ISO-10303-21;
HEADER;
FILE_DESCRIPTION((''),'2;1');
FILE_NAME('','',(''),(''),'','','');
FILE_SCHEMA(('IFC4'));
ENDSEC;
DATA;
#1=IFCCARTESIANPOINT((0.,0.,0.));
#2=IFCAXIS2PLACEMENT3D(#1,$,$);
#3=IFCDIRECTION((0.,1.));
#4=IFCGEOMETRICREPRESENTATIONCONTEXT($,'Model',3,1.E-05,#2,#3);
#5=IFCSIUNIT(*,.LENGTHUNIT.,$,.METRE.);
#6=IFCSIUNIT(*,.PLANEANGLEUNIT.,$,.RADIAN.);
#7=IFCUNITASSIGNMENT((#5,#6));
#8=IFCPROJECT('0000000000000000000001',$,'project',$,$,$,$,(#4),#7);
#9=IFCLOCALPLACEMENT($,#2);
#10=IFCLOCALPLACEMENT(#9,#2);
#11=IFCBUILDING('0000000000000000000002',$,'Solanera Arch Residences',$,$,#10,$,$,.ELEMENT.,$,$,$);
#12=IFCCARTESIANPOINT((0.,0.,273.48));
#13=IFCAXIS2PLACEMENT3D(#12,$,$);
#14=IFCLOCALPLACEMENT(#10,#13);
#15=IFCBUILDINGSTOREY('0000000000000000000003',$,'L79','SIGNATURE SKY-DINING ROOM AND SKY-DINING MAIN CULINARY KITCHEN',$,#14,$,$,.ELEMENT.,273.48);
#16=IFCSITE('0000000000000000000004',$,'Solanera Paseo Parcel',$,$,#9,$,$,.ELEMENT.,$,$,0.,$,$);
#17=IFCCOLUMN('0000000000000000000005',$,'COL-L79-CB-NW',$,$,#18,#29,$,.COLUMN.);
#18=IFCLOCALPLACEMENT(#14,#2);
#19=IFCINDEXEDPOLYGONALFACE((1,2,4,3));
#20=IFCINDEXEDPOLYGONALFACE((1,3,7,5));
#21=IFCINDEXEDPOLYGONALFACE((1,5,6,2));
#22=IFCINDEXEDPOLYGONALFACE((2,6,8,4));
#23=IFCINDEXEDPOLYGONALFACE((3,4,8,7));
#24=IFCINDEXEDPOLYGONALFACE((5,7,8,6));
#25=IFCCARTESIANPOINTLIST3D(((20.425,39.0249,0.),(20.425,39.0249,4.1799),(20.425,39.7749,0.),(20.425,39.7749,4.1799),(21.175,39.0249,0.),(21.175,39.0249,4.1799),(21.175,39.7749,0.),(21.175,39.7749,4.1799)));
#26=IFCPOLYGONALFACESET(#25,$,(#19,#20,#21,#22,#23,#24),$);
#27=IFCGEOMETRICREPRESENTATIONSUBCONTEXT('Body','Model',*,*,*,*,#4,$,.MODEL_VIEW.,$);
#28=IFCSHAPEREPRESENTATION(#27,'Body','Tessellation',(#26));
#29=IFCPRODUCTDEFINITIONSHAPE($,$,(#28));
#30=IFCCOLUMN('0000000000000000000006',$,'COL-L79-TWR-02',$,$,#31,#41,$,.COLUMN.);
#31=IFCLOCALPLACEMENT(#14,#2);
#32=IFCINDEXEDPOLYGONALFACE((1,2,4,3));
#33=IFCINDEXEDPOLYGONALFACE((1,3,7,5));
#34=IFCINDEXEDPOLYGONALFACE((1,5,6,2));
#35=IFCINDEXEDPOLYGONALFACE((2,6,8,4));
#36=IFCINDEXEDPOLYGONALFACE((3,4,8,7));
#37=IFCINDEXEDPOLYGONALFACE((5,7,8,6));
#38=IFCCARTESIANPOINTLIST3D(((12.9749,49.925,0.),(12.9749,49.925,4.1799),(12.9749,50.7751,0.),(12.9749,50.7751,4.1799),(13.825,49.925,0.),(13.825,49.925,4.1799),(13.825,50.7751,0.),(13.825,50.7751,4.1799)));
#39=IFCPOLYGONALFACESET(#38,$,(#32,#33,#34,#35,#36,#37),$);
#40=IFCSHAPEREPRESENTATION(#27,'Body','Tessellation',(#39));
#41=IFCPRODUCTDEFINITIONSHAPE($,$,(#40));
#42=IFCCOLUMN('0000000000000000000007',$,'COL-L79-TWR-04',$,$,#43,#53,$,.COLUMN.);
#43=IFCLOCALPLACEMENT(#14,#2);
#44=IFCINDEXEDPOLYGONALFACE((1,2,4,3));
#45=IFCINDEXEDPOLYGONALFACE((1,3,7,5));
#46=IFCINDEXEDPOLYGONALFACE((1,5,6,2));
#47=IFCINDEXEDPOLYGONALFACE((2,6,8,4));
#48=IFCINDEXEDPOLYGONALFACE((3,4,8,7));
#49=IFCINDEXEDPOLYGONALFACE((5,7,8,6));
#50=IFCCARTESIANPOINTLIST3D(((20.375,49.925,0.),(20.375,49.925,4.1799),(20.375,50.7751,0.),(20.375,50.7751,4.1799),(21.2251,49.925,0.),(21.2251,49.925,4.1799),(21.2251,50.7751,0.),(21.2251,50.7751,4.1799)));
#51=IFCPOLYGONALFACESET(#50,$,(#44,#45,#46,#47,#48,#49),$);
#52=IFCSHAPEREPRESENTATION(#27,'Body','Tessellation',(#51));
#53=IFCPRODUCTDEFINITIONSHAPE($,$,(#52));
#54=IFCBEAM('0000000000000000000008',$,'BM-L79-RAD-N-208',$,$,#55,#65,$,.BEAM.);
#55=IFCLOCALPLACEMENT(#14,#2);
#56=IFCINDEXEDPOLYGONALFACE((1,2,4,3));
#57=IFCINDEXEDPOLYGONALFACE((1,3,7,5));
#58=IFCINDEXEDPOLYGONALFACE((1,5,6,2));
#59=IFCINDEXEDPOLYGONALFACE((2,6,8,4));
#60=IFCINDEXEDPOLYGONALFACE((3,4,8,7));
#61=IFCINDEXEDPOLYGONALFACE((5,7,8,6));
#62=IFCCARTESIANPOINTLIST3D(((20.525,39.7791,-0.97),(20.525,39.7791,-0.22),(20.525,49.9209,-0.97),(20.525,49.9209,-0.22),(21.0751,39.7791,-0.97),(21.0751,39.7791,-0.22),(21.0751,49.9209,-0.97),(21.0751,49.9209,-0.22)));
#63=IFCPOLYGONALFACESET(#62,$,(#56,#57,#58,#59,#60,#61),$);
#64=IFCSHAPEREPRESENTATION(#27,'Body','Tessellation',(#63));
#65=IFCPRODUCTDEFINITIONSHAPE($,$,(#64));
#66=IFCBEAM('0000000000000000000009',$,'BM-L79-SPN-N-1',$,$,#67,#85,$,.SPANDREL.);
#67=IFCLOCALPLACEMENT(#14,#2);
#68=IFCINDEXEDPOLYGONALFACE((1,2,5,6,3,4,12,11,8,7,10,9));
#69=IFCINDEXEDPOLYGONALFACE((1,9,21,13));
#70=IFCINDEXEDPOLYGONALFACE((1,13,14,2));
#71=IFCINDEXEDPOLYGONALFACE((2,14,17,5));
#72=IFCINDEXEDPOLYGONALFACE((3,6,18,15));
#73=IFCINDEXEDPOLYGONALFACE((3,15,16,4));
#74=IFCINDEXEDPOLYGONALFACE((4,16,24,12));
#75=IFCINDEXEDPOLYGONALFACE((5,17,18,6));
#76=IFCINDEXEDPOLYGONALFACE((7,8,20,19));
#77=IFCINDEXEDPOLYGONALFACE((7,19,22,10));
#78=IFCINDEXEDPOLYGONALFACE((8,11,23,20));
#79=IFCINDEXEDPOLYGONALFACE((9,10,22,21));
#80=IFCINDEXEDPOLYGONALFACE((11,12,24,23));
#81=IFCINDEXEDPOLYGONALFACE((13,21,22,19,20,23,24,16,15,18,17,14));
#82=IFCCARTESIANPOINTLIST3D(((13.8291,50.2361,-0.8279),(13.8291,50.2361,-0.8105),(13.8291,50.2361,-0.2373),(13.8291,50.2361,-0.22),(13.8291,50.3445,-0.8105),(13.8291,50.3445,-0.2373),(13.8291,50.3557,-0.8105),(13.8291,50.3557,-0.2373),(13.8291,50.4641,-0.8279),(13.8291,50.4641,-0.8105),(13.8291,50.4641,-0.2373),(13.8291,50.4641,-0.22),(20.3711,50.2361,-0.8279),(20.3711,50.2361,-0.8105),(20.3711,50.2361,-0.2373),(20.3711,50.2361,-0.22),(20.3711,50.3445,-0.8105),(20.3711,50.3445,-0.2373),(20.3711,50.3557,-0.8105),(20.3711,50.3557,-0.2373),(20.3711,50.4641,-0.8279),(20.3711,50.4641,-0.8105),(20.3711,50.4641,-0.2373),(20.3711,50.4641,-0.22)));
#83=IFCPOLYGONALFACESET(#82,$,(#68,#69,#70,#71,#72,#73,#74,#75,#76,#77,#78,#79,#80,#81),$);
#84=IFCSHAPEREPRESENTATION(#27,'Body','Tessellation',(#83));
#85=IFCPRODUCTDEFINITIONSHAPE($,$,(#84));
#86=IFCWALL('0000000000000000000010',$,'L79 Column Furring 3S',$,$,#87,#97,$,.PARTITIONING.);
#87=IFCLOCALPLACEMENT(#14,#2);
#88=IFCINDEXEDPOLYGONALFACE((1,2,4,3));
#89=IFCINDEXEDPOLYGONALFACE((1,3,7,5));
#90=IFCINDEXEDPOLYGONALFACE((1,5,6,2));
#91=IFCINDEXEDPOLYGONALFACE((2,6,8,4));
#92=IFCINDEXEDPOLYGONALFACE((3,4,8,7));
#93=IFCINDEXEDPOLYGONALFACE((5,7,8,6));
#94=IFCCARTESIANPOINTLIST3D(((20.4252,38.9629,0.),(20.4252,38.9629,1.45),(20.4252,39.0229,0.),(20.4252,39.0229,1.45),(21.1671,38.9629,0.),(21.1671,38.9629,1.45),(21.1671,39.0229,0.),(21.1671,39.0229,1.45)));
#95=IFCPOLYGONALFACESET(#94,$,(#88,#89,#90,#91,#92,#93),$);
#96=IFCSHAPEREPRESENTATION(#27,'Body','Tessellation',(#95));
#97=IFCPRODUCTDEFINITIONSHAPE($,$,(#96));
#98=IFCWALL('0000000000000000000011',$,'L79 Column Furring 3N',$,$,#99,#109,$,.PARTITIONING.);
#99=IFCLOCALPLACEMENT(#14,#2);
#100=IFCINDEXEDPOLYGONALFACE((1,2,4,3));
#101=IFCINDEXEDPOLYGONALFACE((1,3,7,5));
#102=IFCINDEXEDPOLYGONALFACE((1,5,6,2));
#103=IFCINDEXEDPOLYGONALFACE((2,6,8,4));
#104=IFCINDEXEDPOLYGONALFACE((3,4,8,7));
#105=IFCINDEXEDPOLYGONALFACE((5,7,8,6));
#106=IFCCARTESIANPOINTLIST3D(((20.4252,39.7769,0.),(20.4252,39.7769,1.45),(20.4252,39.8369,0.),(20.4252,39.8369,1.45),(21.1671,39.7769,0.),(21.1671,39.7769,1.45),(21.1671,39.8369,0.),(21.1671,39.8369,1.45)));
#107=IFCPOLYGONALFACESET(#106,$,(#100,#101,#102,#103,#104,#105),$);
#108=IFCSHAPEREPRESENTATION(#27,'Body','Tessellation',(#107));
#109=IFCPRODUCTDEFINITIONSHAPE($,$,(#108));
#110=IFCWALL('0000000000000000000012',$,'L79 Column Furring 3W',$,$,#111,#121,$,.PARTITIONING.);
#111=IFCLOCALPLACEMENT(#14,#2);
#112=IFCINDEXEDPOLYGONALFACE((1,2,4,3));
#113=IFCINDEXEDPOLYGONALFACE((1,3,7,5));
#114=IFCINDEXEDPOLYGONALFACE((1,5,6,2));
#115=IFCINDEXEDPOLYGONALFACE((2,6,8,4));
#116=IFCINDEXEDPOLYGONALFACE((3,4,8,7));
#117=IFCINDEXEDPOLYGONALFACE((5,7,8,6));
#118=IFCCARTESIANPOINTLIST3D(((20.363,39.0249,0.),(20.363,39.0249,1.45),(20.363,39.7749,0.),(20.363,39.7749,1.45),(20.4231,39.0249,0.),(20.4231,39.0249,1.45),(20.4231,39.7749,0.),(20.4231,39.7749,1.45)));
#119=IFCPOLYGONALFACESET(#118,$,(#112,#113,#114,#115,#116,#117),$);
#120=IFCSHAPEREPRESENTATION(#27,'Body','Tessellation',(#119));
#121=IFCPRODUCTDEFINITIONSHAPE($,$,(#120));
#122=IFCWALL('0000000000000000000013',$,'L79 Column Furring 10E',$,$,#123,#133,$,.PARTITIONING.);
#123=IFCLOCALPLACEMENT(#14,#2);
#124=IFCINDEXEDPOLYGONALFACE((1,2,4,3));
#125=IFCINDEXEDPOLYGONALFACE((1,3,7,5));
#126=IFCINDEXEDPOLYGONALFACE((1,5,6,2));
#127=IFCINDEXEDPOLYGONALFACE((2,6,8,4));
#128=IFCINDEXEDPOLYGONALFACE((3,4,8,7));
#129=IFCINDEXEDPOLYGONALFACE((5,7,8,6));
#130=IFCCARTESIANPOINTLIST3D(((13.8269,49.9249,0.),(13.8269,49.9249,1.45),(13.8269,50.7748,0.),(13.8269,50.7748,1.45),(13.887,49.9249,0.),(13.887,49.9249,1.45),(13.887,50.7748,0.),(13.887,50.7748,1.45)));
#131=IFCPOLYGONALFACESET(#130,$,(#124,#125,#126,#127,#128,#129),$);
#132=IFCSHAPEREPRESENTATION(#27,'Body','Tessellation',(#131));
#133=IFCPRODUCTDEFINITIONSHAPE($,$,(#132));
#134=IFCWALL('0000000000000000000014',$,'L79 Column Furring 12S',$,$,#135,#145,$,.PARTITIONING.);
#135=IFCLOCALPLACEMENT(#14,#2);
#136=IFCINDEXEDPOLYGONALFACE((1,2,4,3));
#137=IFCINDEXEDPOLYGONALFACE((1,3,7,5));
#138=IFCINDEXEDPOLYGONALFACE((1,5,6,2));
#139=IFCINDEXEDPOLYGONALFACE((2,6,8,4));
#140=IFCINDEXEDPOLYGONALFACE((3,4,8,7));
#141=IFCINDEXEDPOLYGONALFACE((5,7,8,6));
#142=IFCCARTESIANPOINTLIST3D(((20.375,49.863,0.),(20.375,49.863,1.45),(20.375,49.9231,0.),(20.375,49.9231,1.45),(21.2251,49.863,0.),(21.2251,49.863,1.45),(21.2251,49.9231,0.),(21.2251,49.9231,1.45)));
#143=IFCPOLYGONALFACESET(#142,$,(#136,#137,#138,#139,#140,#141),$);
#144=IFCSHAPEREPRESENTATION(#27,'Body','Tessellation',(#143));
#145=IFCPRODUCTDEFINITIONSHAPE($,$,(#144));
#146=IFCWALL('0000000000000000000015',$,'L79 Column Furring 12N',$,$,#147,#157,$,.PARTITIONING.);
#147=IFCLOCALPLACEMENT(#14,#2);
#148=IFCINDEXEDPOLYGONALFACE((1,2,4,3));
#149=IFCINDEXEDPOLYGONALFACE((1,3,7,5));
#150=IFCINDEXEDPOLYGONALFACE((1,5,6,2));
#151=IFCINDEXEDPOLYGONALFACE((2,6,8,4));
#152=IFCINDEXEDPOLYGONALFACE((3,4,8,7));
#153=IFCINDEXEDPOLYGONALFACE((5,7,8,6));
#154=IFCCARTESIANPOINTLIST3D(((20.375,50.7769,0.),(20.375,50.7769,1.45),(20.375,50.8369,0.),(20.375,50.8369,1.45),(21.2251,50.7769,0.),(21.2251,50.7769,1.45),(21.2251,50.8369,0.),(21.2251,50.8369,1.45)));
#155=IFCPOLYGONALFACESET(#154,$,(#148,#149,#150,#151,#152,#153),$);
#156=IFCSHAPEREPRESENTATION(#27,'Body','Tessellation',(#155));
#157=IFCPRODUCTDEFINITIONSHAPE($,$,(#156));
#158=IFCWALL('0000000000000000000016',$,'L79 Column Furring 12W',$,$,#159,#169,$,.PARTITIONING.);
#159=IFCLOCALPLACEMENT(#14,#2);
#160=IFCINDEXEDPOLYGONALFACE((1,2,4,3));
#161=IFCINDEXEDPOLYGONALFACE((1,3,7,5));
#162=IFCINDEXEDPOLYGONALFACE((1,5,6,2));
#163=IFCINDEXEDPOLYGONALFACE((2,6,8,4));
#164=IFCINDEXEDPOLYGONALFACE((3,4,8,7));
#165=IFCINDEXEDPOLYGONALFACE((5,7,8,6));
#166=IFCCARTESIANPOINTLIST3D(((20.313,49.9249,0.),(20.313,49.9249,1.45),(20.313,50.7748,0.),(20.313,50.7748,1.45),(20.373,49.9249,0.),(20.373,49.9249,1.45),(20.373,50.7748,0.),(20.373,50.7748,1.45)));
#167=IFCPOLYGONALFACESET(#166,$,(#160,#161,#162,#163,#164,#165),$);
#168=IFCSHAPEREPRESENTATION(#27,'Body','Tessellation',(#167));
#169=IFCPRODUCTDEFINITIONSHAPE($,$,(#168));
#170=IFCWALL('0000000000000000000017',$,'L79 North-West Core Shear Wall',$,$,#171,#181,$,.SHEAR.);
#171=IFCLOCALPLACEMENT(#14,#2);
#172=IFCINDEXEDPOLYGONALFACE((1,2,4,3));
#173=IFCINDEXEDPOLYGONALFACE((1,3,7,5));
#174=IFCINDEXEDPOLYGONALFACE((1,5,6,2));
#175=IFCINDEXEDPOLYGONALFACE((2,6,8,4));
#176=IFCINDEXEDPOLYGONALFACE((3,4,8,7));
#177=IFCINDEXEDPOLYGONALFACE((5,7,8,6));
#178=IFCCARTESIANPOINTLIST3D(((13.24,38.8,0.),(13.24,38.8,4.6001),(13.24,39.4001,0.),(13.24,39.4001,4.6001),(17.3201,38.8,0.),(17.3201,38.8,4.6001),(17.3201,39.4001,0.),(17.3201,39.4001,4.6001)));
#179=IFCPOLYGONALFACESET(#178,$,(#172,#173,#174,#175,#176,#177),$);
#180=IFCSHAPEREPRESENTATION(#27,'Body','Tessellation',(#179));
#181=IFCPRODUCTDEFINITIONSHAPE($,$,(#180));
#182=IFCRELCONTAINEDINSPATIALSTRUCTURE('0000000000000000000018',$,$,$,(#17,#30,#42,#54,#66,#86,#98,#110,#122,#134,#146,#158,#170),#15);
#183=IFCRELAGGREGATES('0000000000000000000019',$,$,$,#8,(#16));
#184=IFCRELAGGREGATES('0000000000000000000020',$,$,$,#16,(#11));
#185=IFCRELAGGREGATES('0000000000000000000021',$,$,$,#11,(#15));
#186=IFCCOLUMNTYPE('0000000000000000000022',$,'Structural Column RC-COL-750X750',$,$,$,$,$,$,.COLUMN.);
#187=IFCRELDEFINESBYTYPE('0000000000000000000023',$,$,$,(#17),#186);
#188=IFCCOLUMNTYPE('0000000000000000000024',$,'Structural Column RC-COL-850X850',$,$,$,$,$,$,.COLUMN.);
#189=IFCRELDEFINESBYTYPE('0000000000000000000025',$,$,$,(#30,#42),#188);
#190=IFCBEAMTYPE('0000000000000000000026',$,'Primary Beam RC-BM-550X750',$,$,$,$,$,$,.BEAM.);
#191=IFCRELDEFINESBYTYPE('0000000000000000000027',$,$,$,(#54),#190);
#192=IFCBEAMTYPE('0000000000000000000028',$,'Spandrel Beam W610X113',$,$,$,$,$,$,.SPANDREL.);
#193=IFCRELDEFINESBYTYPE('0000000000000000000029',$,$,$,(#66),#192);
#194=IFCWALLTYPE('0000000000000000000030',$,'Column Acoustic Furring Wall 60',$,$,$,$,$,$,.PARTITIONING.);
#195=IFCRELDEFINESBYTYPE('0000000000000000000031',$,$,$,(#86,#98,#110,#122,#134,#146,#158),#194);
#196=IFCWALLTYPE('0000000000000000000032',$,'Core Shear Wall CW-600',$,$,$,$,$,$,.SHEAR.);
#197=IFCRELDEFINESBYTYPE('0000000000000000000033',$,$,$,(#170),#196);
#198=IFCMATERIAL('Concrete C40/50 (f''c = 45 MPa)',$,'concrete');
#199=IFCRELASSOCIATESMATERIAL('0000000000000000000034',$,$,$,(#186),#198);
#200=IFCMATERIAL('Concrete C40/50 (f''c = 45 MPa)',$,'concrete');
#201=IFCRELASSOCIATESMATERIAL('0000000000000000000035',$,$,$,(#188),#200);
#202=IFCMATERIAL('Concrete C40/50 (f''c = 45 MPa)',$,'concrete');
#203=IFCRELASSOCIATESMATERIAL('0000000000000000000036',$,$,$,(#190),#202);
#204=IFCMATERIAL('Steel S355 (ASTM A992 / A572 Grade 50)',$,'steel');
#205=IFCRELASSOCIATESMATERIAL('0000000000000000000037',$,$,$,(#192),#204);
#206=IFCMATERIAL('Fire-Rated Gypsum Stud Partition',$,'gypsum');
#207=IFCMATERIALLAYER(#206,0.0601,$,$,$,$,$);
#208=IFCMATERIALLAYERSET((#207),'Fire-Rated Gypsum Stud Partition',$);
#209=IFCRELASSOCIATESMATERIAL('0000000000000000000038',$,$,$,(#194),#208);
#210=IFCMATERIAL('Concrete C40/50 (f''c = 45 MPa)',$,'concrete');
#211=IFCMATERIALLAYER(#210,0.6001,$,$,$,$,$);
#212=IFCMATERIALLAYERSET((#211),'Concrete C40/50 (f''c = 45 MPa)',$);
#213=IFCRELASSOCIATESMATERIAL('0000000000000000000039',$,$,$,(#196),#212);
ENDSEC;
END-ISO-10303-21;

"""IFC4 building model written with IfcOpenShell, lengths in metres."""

from ifc_helpers import new_model, si_unit, direction, frame, frame_2d, origin, origin_2d, place, context, subcontext, project, spatial, rectangle, i_section, extrude, material, layer, layer_set, material_profile, profile_set, type_object, element, save


model = new_model("IFC4")

# Units and contexts
model_context = context("Model", 3, precision=1e-05, world=origin(), true_north=direction((0.0, 1.0)))
body_context = subcontext(model_context, "Body", "Model", "MODEL_VIEW")
ifc_project = project(units=[si_unit("LENGTHUNIT", "METRE"), si_unit("PLANEANGLEUNIT", "RADIAN")], contexts=[model_context])

# Site, building, storey
site_placement = place(None, origin())
site = spatial("IfcSite", under=ifc_project, at=site_placement, Name="Solanera Paseo Parcel", CompositionType="ELEMENT", RefElevation=0.0)
building_placement = place(site_placement, origin())
building = spatial("IfcBuilding", under=site, at=building_placement, Name="Solanera Arch Residences", CompositionType="ELEMENT")
storey_placement = place(building_placement, frame((0.0, 0.0, 273.48)))
storey = spatial("IfcBuildingStorey", under=building, at=storey_placement, Name="L79", Description="SIGNATURE SKY-DINING ROOM AND SKY-DINING MAIN CULINARY KITCHEN", CompositionType="ELEMENT", Elevation=273.48)

# Columns
ifc_material_1 = material(Name="Concrete C40/50 (f'c = 45 MPa)", Category="concrete")
ifc_material_profile_1 = material_profile(ifc_material_1, rectangle(XDim=0.75, YDim=0.75, at=origin_2d()))
ifc_profile_set_1 = profile_set([ifc_material_profile_1], Name="Concrete C40/50 (f'c = 45 MPa)")
column_type_1 = type_object("IfcColumnType", Name="Structural Column RC-COL-750X750", PredefinedType="COLUMN", material=ifc_profile_set_1)
column_placement = place(storey_placement, frame((20.8, 39.3999, 0.0), z_axis=(0.0, 0.0, 1.0), x_axis=(1.0, 0.0, 0.0)))
element("IfcColumn", 1, at=column_placement, inside=storey, type_object=column_type_1, Name="COL-L79-CB-NW", PredefinedType="COLUMN", context=body_context, shape_type="SweptSolid", body=[
    extrude(rectangle(XDim=0.75, YDim=0.75, at=origin_2d()), origin(), (0.0, 0.0, 1.0), 4.1799),
])
ifc_material_2 = material(Name="Concrete C40/50 (f'c = 45 MPa)", Category="concrete")
ifc_material_profile_2 = material_profile(ifc_material_2, rectangle(XDim=0.8501, YDim=0.8501, at=origin_2d()))
ifc_profile_set_2 = profile_set([ifc_material_profile_2], Name="Concrete C40/50 (f'c = 45 MPa)")
column_type_2 = type_object("IfcColumnType", Name="Structural Column RC-COL-850X850", PredefinedType="COLUMN", material=ifc_profile_set_2)
for number, where, z_axis, x_axis, name in (
    (2, (13.3999, 50.3501, 0.0), (0.0, 0.0, 1.0), (1.0, 0.0, 0.0), "COL-L79-TWR-02"),
    (3, (20.8, 50.3501, 0.0), (0.0, 0.0, 1.0), (1.0, 0.0, 0.0), "COL-L79-TWR-04"),
):
    element("IfcColumn", number, at=place(storey_placement, frame(where, z_axis=z_axis, x_axis=x_axis)), inside=storey, type_object=column_type_2, Name=name, PredefinedType="COLUMN", context=body_context, shape_type="SweptSolid", body=[
        extrude(rectangle(XDim=0.8501, YDim=0.8501, at=origin_2d()), origin(), (0.0, 0.0, 1.0), 4.1799),
    ])

# Beams
ifc_material_3 = material(Name="Concrete C40/50 (f'c = 45 MPa)", Category="concrete")
ifc_material_profile_3 = material_profile(ifc_material_3, rectangle(XDim=0.55, YDim=0.75, at=origin_2d()))
ifc_profile_set_3 = profile_set([ifc_material_profile_3], Name="Concrete C40/50 (f'c = 45 MPa)")
beam_type_1 = type_object("IfcBeamType", Name="Primary Beam RC-BM-550X750", PredefinedType="BEAM", material=ifc_profile_set_3)
beam_1_placement = place(storey_placement, frame((20.8, 39.7791, -0.595), z_axis=(0.0, 1.0, 0.0), x_axis=(-1.0, 0.0, 0.0)))
element("IfcBeam", 4, at=beam_1_placement, inside=storey, type_object=beam_type_1, Name="BM-L79-RAD-N-208", PredefinedType="BEAM", context=body_context, shape_type="SweptSolid", body=[
    extrude(rectangle(XDim=0.55, YDim=0.75, at=origin_2d()), origin(), (0.0, 0.0, 1.0), 10.1418),
])
ifc_material_4 = material(Name="Steel S355 (ASTM A992 / A572 Grade 50)", Category="steel")
ifc_material_profile_4 = material_profile(ifc_material_4, i_section(OverallWidth=0.228, OverallDepth=0.6079, WebThickness=0.0112, FlangeThickness=0.0173, at=origin_2d()))
ifc_profile_set_4 = profile_set([ifc_material_profile_4], Name="Steel S355 (ASTM A992 / A572 Grade 50)")
beam_type_2 = type_object("IfcBeamType", Name="Spandrel Beam W610X113", PredefinedType="SPANDREL", material=ifc_profile_set_4)
beam_2_placement = place(storey_placement, frame((13.8291, 50.3501, -0.5239), z_axis=(1.0, 0.0, 0.0), x_axis=(0.0, 1.0, 0.0)))
element("IfcBeam", 5, at=beam_2_placement, inside=storey, type_object=beam_type_2, Name="BM-L79-SPN-N-1", PredefinedType="SPANDREL", context=body_context, shape_type="SweptSolid", body=[
    extrude(i_section(OverallWidth=0.228, OverallDepth=0.6079, WebThickness=0.0112, FlangeThickness=0.0173, at=origin_2d()), origin(), (0.0, 0.0, 1.0), 6.542),
])

# Walls
ifc_material_5 = material(Name="Fire-Rated Gypsum Stud Partition", Category="gypsum")
ifc_layer_1 = layer(ifc_material_5, 0.0601)
ifc_layer_set_1 = layer_set([ifc_layer_1], Name="Fire-Rated Gypsum Stud Partition")
wall_type_1 = type_object("IfcWallType", Name="Column Acoustic Furring Wall 60", PredefinedType="PARTITIONING", material=ifc_layer_set_1)
for number, where, z_axis, x_axis, name in (
    (6, (20.425, 38.9929, 0.0), (0.0, 0.0, 1.0), (1.0, 0.0, 0.0), "L79 Column Furring 3S"),
    (7, (20.425, 39.8069, 0.0), (0.0, 0.0, 1.0), (1.0, 0.0, 0.0), "L79 Column Furring 3N"),
):
    element("IfcWall", number, at=place(storey_placement, frame(where, z_axis=z_axis, x_axis=x_axis)), inside=storey, type_object=wall_type_1, Name=name, PredefinedType="PARTITIONING", context=body_context, shape_type="SweptSolid", body=[
        extrude(rectangle(XDim=0.7419, YDim=0.0601, at=frame_2d((0.3711, 0.0))), origin(), (0.0, 0.0, 1.0), 1.45),
    ])
wall_1_placement = place(storey_placement, frame((20.3931, 39.0249, 0.0), z_axis=(0.0, 0.0, 1.0), x_axis=(0.0, 1.0, 0.0)))
element("IfcWall", 8, at=wall_1_placement, inside=storey, type_object=wall_type_1, Name="L79 Column Furring 3W", PredefinedType="PARTITIONING", context=body_context, shape_type="SweptSolid", body=[
    extrude(rectangle(XDim=0.75, YDim=0.0601, at=frame_2d((0.375, 0.0))), origin(), (0.0, 0.0, 1.0), 1.45),
])
wall_2_placement = place(storey_placement, frame((13.8569, 49.925, 0.0), z_axis=(0.0, 0.0, 1.0), x_axis=(0.0, 1.0, 0.0)))
element("IfcWall", 9, at=wall_2_placement, inside=storey, type_object=wall_type_1, Name="L79 Column Furring 10E", PredefinedType="PARTITIONING", context=body_context, shape_type="SweptSolid", body=[
    extrude(rectangle(XDim=0.8499, YDim=0.0601, at=frame_2d((0.4248, 0.0))), origin(), (0.0, 0.0, 1.0), 1.45),
])
for number, where, z_axis, x_axis, name in (
    (10, (20.375, 49.8931, 0.0), (0.0, 0.0, 1.0), (1.0, 0.0, 0.0), "L79 Column Furring 12S"),
    (11, (20.375, 50.8069, 0.0), (0.0, 0.0, 1.0), (1.0, 0.0, 0.0), "L79 Column Furring 12N"),
):
    element("IfcWall", number, at=place(storey_placement, frame(where, z_axis=z_axis, x_axis=x_axis)), inside=storey, type_object=wall_type_1, Name=name, PredefinedType="PARTITIONING", context=body_context, shape_type="SweptSolid", body=[
        extrude(rectangle(XDim=0.8501, YDim=0.0601, at=frame_2d((0.425, 0.0))), origin(), (0.0, 0.0, 1.0), 1.45),
    ])
wall_3_placement = place(storey_placement, frame((20.343, 49.925, 0.0), z_axis=(0.0, 0.0, 1.0), x_axis=(0.0, 1.0, 0.0)))
element("IfcWall", 12, at=wall_3_placement, inside=storey, type_object=wall_type_1, Name="L79 Column Furring 12W", PredefinedType="PARTITIONING", context=body_context, shape_type="SweptSolid", body=[
    extrude(rectangle(XDim=0.8499, YDim=0.0601, at=frame_2d((0.4248, 0.0))), origin(), (0.0, 0.0, 1.0), 1.45),
])
ifc_material_6 = material(Name="Concrete C40/50 (f'c = 45 MPa)", Category="concrete")
ifc_layer_2 = layer(ifc_material_6, 0.6001)
ifc_layer_set_2 = layer_set([ifc_layer_2], Name="Concrete C40/50 (f'c = 45 MPa)")
wall_type_2 = type_object("IfcWallType", Name="Core Shear Wall CW-600", PredefinedType="SHEAR", material=ifc_layer_set_2)
wall_4_placement = place(storey_placement, frame((13.24, 39.1001, 0.0), z_axis=(0.0, 0.0, 1.0), x_axis=(1.0, 0.0, 0.0)))
element("IfcWall", 13, at=wall_4_placement, inside=storey, type_object=wall_type_2, Name="L79 North-West Core Shear Wall", PredefinedType="SHEAR", context=body_context, shape_type="SweptSolid", body=[
    extrude(rectangle(XDim=4.0801, YDim=0.6001, at=frame_2d((2.04, 0.0))), origin(), (0.0, 0.0, 1.0), 4.6001),
])

save(model, "model.ifc")
